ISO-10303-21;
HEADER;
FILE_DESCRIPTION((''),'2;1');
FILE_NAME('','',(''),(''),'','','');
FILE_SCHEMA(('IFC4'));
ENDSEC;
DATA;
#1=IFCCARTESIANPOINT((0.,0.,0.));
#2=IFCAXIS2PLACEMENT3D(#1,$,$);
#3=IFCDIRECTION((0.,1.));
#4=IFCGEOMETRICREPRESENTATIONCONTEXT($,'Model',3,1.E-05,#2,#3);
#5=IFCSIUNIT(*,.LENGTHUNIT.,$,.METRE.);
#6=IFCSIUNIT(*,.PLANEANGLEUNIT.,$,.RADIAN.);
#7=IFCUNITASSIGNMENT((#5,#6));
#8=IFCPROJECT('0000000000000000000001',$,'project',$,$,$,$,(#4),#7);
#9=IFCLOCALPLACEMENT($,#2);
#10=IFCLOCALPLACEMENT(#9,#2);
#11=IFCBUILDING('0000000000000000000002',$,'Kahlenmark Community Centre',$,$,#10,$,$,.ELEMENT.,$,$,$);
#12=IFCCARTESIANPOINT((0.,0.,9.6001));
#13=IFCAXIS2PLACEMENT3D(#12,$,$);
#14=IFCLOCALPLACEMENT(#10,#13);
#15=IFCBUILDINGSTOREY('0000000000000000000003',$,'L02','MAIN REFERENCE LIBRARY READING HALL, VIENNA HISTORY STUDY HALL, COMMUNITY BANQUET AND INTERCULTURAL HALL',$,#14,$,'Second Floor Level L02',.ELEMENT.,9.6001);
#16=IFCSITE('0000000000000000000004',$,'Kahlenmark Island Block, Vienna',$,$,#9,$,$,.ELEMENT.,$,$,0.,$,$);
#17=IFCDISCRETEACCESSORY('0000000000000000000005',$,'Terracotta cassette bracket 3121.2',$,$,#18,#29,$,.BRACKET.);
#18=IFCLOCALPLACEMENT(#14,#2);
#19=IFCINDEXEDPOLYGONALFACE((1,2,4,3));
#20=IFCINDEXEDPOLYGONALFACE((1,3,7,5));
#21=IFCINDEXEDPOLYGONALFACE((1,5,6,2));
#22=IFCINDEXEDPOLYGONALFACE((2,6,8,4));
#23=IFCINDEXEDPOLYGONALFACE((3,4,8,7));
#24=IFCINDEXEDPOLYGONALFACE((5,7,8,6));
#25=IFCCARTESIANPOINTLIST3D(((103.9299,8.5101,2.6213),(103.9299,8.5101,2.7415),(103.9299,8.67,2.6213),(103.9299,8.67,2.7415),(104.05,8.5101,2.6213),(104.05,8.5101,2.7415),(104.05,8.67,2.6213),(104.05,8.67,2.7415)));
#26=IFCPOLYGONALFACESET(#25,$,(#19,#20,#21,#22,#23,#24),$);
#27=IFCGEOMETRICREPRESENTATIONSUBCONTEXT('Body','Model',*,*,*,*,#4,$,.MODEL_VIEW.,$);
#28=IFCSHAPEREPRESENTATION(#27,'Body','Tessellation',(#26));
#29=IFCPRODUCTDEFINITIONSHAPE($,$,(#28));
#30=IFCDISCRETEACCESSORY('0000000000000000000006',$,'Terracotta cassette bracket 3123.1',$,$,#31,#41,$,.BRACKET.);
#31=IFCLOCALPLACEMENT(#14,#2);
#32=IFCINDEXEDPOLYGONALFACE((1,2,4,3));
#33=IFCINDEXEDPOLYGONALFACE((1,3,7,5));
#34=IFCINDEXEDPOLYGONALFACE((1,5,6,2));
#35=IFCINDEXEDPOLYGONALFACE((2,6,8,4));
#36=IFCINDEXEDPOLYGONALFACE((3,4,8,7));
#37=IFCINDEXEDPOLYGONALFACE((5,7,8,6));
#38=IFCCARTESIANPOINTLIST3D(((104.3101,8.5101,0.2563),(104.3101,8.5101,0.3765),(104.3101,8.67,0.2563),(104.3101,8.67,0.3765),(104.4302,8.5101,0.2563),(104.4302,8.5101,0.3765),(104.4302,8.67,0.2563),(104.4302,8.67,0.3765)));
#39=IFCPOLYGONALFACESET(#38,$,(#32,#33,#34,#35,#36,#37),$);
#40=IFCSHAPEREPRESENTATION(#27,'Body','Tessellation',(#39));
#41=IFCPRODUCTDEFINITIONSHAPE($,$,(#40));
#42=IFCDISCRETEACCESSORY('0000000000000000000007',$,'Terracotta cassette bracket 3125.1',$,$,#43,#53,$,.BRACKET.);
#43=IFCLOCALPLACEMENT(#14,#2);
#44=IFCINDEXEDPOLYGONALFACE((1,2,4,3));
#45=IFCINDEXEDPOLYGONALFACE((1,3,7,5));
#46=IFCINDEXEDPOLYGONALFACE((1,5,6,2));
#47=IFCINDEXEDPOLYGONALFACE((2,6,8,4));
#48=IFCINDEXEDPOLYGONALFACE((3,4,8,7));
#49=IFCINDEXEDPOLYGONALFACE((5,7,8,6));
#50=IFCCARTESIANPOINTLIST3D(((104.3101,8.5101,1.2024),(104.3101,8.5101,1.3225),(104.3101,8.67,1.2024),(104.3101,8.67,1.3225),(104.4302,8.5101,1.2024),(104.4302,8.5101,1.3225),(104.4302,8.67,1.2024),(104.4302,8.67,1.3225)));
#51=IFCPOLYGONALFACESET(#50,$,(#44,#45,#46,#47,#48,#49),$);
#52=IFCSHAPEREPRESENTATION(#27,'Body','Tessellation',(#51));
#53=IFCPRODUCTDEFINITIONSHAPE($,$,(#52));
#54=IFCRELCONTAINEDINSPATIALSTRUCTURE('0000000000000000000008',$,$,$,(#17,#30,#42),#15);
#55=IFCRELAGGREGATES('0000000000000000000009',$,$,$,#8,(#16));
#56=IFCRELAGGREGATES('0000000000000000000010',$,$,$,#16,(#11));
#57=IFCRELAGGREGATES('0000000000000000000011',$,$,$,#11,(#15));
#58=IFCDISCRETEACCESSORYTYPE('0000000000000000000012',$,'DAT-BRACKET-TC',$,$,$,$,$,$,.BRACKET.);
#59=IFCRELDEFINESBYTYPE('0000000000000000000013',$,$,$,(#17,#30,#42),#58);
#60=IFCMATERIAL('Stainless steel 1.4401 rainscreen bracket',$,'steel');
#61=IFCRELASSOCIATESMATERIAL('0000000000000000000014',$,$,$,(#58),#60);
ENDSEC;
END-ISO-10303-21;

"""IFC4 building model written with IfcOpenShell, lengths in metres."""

from ifc_helpers import new_model, si_unit, direction, frame, origin, origin_2d, place, context, subcontext, project, spatial, rectangle, extrude, material, type_object, element, save


model = new_model("IFC4")

# Units and contexts
model_context = context("Model", 3, precision=1e-05, world=origin(), true_north=direction((0.0, 1.0)))
body_context = subcontext(model_context, "Body", "Model", "MODEL_VIEW")
ifc_project = project(units=[si_unit("LENGTHUNIT", "METRE"), si_unit("PLANEANGLEUNIT", "RADIAN")], contexts=[model_context])

# Site, building, storey
site_placement = place(None, origin())
site = spatial("IfcSite", under=ifc_project, at=site_placement, Name="Kahlenmark Island Block, Vienna", CompositionType="ELEMENT", RefElevation=0.0)
building_placement = place(site_placement, origin())
building = spatial("IfcBuilding", under=site, at=building_placement, Name="Kahlenmark Community Centre", CompositionType="ELEMENT")
storey_placement = place(building_placement, frame((0.0, 0.0, 9.6001)))
storey = spatial("IfcBuildingStorey", under=building, at=storey_placement, Name="L02", Description="MAIN REFERENCE LIBRARY READING HALL, VIENNA HISTORY STUDY HALL, COMMUNITY BANQUET AND INTERCULTURAL HALL", LongName="Second Floor Level L02", CompositionType="ELEMENT", Elevation=9.6001)

# Discrete accessories
ifc_material_1 = material(Name="Stainless steel 1.4401 rainscreen bracket", Category="steel")
discrete_accessory_type = type_object("IfcDiscreteAccessoryType", Name="DAT-BRACKET-TC", PredefinedType="BRACKET", material=ifc_material_1)
for number, where, z_axis, x_axis, name in (
    (1, (103.99, 8.5901, 2.6213), (0.0, 0.0, 1.0), (1.0, 0.0, 0.0), "Terracotta cassette bracket 3121.2"),
    (2, (104.3701, 8.5901, 0.2563), (0.0, 0.0, 1.0), (1.0, 0.0, 0.0), "Terracotta cassette bracket 3123.1"),
    (3, (104.3701, 8.5901, 1.2024), (0.0, 0.0, 1.0), (1.0, 0.0, 0.0), "Terracotta cassette bracket 3125.1"),
):
    element("IfcDiscreteAccessory", number, at=place(storey_placement, frame(where, z_axis=z_axis, x_axis=x_axis)), inside=storey, type_object=discrete_accessory_type, Name=name, PredefinedType="BRACKET", context=body_context, shape_type="SweptSolid", body=[
        extrude(rectangle(XDim=0.1201, YDim=0.1599, at=origin_2d()), origin(), (0.0, 0.0, 1.0), 0.1201),
    ])

save(model, "model.ifc")
